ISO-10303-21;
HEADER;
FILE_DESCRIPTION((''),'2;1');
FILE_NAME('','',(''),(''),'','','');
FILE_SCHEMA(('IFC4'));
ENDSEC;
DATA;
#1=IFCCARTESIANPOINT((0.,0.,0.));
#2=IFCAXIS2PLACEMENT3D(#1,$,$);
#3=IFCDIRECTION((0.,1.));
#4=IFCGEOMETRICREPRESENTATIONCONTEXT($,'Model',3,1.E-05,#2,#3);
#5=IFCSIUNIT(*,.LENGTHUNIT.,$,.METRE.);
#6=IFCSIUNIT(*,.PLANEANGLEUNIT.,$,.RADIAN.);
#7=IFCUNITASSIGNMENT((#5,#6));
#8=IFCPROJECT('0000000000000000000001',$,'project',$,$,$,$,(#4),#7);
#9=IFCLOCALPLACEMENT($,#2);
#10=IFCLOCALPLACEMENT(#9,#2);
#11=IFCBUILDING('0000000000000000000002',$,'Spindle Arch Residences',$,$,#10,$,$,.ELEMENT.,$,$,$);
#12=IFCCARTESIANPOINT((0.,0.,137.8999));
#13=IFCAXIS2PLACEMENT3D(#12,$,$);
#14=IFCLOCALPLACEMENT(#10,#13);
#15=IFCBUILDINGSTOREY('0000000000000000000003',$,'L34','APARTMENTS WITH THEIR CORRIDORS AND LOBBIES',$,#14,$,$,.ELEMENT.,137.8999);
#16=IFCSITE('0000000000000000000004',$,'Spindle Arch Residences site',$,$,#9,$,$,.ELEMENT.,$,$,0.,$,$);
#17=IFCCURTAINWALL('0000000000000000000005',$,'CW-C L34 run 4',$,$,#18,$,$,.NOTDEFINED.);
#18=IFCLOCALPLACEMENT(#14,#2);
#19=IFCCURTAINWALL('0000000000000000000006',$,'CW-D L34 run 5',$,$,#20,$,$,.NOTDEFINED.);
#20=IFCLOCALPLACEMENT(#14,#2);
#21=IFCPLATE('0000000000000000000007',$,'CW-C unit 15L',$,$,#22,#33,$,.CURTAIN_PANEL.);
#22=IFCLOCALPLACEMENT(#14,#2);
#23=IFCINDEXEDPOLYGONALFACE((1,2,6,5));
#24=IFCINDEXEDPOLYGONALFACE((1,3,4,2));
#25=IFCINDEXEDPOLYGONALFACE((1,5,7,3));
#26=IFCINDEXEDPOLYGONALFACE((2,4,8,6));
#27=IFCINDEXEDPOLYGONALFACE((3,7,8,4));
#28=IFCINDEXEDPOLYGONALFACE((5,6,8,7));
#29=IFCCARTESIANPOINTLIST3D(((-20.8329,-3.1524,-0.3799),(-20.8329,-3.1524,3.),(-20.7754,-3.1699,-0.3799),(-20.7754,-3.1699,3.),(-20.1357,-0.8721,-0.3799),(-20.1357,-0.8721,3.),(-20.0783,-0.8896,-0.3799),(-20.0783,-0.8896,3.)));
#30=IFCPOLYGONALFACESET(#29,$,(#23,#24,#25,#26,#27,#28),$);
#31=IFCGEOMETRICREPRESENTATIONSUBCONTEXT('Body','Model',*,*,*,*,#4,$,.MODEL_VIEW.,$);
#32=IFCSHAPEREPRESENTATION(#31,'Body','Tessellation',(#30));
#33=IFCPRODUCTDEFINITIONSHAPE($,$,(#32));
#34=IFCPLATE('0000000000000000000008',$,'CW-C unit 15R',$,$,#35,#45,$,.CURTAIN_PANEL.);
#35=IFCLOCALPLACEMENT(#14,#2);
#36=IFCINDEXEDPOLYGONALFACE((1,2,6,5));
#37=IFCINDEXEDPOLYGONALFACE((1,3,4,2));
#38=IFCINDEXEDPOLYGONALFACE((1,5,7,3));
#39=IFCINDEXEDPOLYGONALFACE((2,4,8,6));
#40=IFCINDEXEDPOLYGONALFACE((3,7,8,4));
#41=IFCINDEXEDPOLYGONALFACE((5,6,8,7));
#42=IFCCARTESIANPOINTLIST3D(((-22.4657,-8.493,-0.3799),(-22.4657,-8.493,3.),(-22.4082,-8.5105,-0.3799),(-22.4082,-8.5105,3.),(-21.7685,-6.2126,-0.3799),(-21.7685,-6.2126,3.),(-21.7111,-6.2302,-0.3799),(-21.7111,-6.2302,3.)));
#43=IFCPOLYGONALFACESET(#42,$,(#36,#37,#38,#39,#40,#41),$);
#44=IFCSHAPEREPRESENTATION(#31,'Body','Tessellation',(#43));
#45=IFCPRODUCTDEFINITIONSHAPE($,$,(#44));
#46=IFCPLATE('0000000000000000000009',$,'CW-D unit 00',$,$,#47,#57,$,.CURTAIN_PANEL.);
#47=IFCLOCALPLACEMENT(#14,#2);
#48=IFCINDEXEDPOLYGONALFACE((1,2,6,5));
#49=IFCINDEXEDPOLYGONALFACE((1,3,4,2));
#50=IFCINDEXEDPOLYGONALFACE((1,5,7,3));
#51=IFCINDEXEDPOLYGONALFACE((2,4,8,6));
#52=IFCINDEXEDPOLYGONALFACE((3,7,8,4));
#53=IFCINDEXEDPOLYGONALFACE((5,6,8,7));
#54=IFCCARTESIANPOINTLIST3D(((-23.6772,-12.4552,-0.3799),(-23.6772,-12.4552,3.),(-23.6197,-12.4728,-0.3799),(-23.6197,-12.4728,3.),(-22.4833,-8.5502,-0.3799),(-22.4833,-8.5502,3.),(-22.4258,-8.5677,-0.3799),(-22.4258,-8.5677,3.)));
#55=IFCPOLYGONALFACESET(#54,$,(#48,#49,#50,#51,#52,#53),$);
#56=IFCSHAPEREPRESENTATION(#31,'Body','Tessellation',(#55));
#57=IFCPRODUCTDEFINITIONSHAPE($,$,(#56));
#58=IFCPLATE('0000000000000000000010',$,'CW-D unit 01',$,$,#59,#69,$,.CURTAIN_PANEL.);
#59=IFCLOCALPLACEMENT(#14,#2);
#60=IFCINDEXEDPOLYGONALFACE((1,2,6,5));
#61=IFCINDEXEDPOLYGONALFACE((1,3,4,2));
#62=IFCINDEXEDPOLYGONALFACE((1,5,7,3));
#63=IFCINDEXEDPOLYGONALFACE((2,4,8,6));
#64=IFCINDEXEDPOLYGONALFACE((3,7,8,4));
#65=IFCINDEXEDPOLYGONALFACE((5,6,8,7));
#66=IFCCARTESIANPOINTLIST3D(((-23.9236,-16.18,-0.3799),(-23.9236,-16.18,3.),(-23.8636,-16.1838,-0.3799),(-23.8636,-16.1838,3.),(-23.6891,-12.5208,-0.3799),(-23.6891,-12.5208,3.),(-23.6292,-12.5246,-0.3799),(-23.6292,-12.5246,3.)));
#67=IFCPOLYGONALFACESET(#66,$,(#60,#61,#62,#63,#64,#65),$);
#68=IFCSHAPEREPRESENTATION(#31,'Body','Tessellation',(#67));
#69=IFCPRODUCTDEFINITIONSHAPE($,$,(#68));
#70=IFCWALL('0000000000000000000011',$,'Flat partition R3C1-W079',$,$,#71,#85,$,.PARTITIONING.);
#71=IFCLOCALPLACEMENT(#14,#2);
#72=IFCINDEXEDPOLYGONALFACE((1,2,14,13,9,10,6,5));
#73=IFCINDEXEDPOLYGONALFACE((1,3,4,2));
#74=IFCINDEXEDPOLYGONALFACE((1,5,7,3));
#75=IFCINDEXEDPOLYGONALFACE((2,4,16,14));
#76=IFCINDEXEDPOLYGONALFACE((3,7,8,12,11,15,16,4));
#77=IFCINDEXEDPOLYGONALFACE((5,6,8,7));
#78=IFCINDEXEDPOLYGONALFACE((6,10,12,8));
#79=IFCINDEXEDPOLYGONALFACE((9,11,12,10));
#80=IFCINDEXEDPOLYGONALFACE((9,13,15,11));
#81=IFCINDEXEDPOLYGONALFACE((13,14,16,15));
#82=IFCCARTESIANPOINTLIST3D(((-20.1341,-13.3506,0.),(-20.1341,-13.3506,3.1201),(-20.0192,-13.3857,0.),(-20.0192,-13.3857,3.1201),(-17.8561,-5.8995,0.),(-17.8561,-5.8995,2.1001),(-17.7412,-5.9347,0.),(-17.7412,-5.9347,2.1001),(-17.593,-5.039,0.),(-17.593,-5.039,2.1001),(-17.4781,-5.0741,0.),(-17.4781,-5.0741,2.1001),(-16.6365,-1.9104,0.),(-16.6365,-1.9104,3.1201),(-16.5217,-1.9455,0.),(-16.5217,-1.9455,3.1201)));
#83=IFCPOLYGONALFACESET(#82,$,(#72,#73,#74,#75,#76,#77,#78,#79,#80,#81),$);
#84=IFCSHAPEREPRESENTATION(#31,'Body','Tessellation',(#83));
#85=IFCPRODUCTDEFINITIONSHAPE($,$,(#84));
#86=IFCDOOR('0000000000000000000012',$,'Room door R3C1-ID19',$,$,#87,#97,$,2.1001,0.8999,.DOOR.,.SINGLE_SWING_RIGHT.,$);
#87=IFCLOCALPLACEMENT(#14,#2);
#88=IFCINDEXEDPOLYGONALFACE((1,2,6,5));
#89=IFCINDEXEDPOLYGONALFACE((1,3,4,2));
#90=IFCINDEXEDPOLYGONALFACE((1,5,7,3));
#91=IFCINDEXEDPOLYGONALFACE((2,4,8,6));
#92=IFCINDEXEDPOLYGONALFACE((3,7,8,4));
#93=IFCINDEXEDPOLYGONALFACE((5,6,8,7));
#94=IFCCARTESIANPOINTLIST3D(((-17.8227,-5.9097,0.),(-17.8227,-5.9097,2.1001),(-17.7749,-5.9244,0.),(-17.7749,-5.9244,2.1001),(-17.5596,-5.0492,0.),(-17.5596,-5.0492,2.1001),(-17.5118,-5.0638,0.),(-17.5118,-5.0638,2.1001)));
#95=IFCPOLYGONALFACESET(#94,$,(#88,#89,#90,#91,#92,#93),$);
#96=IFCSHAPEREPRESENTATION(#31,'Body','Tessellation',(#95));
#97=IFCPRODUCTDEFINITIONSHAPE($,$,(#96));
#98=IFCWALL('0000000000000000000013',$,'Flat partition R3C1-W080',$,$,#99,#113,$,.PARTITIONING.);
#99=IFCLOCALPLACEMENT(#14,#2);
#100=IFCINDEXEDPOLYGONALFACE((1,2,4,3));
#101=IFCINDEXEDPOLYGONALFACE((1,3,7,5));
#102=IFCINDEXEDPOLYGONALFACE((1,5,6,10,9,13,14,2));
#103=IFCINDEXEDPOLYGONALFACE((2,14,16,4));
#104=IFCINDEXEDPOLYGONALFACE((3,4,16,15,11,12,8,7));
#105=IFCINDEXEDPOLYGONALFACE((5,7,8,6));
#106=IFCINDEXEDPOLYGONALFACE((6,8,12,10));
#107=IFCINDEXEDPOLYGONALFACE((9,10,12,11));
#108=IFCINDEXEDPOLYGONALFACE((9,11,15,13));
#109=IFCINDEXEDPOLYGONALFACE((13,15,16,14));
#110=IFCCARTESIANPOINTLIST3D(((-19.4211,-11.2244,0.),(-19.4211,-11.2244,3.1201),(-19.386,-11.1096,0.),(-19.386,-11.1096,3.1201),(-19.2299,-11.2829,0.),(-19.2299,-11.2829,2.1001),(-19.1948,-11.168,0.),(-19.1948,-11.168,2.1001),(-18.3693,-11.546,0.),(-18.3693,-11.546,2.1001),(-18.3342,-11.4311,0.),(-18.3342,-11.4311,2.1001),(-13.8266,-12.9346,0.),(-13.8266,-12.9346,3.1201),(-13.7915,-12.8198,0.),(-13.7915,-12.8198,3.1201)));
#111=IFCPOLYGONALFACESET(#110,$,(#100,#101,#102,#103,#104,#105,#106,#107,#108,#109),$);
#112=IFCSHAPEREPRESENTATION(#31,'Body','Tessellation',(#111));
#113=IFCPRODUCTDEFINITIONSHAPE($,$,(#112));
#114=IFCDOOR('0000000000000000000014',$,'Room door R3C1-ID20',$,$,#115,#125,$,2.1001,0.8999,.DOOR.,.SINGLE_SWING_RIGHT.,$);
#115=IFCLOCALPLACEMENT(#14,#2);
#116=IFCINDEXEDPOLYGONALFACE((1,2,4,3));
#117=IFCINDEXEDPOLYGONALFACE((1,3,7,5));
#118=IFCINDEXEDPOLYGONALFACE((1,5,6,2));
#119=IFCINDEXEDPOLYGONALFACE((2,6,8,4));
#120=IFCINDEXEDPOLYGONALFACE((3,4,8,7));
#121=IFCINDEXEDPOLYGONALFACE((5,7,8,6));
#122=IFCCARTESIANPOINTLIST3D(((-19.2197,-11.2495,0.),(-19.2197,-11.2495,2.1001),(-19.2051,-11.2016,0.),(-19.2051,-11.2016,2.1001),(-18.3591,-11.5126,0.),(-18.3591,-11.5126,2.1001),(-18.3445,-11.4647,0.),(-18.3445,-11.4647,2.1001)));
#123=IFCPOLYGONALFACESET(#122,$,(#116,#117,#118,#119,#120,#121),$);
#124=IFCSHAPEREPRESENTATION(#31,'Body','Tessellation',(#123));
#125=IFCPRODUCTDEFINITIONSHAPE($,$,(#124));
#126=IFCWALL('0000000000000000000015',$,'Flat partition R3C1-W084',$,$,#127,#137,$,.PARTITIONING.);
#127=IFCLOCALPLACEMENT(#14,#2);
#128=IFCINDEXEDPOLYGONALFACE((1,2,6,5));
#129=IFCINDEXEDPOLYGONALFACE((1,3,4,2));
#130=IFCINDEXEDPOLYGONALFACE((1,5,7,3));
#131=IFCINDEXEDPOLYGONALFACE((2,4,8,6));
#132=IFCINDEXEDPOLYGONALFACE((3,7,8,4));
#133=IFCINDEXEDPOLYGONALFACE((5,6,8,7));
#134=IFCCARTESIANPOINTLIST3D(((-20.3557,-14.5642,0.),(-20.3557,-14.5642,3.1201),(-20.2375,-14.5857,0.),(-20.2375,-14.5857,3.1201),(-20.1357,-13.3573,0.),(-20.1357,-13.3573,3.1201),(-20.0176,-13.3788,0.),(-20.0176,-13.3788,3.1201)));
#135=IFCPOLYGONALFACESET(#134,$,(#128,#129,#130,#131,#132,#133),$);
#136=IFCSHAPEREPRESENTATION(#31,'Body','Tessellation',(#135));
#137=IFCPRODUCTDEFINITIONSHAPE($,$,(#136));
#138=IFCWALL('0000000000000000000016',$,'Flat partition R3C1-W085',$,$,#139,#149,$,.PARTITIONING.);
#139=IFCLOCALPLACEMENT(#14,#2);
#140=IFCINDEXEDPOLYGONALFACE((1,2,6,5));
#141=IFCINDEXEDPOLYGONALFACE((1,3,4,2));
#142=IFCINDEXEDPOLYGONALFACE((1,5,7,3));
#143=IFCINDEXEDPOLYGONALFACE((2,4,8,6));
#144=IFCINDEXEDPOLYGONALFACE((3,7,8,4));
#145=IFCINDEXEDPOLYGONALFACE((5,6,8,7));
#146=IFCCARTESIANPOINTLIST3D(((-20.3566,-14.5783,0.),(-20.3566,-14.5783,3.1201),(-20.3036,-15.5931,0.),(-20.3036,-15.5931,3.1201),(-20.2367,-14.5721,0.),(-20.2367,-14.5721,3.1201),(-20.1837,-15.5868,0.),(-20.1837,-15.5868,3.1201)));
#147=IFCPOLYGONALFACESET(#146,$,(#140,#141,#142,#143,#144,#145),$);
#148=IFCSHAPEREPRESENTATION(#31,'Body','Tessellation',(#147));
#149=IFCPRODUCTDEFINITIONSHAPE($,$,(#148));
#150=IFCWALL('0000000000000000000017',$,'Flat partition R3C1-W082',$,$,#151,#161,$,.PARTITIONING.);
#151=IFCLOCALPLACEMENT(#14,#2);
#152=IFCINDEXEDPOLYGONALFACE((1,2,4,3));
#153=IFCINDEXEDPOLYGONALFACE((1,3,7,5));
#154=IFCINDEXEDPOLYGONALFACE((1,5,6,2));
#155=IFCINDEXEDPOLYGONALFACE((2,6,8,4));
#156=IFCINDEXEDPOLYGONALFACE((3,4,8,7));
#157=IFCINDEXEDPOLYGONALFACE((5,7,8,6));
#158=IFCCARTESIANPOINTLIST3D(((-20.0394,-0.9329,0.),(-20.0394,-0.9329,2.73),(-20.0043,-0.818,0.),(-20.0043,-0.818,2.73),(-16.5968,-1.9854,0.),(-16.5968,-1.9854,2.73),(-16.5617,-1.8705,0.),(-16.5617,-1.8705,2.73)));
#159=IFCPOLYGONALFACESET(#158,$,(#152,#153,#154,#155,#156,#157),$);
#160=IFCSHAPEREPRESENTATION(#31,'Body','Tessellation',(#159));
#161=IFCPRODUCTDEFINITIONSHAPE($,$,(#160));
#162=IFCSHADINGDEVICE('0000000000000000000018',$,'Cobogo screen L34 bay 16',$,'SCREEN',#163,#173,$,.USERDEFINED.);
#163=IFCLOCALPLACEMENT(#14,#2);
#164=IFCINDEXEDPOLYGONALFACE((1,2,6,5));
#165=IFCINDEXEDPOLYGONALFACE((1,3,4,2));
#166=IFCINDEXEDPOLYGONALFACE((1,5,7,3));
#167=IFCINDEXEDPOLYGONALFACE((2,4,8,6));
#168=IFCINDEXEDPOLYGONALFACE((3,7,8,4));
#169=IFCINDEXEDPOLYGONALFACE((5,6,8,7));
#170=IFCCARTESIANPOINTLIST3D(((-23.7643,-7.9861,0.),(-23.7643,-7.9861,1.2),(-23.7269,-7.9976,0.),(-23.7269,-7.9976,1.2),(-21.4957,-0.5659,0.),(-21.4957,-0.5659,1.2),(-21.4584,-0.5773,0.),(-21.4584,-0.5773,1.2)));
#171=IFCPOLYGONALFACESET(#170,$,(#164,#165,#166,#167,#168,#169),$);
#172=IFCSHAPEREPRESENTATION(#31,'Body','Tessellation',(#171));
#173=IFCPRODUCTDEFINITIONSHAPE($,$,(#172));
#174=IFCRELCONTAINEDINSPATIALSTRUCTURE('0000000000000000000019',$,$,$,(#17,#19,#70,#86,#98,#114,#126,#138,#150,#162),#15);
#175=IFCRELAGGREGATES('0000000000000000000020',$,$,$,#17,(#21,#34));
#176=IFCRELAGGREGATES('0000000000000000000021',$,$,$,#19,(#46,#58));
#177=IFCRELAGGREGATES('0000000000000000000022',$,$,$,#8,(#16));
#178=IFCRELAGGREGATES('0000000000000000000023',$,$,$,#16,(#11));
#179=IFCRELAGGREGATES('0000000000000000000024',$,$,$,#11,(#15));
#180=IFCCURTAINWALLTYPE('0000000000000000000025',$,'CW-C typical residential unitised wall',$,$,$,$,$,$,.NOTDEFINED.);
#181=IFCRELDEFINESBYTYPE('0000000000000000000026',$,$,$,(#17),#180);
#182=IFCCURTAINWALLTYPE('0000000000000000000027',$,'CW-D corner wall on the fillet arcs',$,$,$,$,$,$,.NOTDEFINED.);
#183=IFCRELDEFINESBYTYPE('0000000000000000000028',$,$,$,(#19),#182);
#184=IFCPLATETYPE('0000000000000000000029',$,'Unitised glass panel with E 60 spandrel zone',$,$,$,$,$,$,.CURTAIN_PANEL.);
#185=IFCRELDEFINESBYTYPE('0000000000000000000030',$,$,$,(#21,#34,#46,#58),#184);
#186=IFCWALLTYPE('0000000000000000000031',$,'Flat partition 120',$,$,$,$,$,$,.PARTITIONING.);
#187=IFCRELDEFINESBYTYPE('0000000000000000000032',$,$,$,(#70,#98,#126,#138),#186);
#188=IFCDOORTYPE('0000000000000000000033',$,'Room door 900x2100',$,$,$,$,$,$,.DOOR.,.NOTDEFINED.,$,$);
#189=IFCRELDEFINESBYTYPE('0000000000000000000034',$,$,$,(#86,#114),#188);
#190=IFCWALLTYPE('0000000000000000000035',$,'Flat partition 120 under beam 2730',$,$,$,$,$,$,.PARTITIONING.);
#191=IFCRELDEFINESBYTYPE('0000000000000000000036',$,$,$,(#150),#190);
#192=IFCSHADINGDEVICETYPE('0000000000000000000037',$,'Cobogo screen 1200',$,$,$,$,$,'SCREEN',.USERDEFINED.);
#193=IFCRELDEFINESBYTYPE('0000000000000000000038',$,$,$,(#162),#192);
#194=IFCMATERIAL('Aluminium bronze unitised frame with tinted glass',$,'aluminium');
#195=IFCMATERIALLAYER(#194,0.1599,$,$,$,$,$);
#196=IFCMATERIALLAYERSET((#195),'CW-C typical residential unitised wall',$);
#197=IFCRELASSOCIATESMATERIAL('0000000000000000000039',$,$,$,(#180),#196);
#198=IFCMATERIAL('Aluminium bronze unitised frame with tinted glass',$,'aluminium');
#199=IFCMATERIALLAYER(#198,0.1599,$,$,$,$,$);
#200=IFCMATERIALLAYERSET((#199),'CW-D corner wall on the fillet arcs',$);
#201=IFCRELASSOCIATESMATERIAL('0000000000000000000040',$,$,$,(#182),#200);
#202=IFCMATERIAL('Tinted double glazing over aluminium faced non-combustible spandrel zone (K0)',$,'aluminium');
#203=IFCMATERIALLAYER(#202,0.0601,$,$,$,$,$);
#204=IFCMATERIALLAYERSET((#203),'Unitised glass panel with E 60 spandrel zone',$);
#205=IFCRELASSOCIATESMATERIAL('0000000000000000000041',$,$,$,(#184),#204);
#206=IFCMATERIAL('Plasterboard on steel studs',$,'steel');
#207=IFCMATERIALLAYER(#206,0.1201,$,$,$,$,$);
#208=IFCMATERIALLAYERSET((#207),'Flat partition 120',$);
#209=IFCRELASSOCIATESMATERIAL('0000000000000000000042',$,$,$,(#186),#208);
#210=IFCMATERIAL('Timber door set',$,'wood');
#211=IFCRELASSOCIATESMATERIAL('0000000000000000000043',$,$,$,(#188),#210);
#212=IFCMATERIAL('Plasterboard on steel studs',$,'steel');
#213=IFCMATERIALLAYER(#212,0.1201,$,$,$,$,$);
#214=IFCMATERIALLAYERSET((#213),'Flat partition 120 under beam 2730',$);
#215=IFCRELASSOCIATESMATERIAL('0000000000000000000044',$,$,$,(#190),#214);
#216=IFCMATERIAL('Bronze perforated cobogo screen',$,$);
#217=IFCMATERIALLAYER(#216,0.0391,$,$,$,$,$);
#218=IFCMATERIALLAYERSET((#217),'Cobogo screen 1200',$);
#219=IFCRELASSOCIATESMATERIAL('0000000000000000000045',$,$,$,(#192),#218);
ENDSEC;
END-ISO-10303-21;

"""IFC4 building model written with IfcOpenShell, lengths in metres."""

from ifc_helpers import new_model, si_unit, direction, frame, frame_2d, origin, origin_2d, place, context, subcontext, project, spatial, rectangle, extrude, material, layer, layer_set, type_object, element, fill, aggregate, save


model = new_model("IFC4")

# Units and contexts
model_context = context("Model", 3, precision=1e-05, world=origin(), true_north=direction((0.0, 1.0)))
body_context = subcontext(model_context, "Body", "Model", "MODEL_VIEW")
ifc_project = project(units=[si_unit("LENGTHUNIT", "METRE"), si_unit("PLANEANGLEUNIT", "RADIAN")], contexts=[model_context])

# Site, building, storey
site_placement = place(None, origin())
site = spatial("IfcSite", under=ifc_project, at=site_placement, Name="Spindle Arch Residences site", CompositionType="ELEMENT", RefElevation=0.0)
building_placement = place(site_placement, origin())
building = spatial("IfcBuilding", under=site, at=building_placement, Name="Spindle Arch Residences", CompositionType="ELEMENT")
storey_placement = place(building_placement, frame((0.0, 0.0, 137.8999)))
storey = spatial("IfcBuildingStorey", under=building, at=storey_placement, Name="L34", Description="APARTMENTS WITH THEIR CORRIDORS AND LOBBIES", CompositionType="ELEMENT", Elevation=137.8999)

# Curtain wall
ifc_material_1 = material(Name="Aluminium bronze unitised frame with tinted glass", Category="aluminium")
ifc_layer_1 = layer(ifc_material_1, 0.1599)
ifc_layer_set_1 = layer_set([ifc_layer_1], Name="CW-C typical residential unitised wall")
curtain_wall_type_1 = type_object("IfcCurtainWallType", Name="CW-C typical residential unitised wall", PredefinedType="NOTDEFINED", material=ifc_layer_set_1)
curtain_wall_1_placement = place(storey_placement, origin())
curtain_wall_1 = element("IfcCurtainWall", 1, at=curtain_wall_1_placement, inside=storey, type_object=curtain_wall_type_1, Name="CW-C L34 run 4", PredefinedType="NOTDEFINED")

# Curtain wall
ifc_material_2 = material(Name="Aluminium bronze unitised frame with tinted glass", Category="aluminium")
ifc_layer_2 = layer(ifc_material_2, 0.1599)
ifc_layer_set_2 = layer_set([ifc_layer_2], Name="CW-D corner wall on the fillet arcs")
curtain_wall_type_2 = type_object("IfcCurtainWallType", Name="CW-D corner wall on the fillet arcs", PredefinedType="NOTDEFINED", material=ifc_layer_set_2)
curtain_wall_2_placement = place(storey_placement, origin())
curtain_wall_2 = element("IfcCurtainWall", 2, at=curtain_wall_2_placement, inside=storey, type_object=curtain_wall_type_2, Name="CW-D L34 run 5", PredefinedType="NOTDEFINED")

# Plates
ifc_material_3 = material(Name="Tinted double glazing over aluminium faced non-combustible spandrel zone (K0)", Category="aluminium")
ifc_layer_3 = layer(ifc_material_3, 0.0601)
ifc_layer_set_3 = layer_set([ifc_layer_3], Name="Unitised glass panel with E 60 spandrel zone")
plate_type = type_object("IfcPlateType", Name="Unitised glass panel with E 60 spandrel zone", PredefinedType="CURTAIN_PANEL", material=ifc_layer_set_3)
plate_1_placement = place(storey_placement, frame((-20.4556, -2.021, -0.3799), z_axis=(0.0, 0.0, 1.0), x_axis=(-0.292372, -0.956305, 0.0)))
plate_1 = element("IfcPlate", 3, at=plate_1_placement, type_object=plate_type, Name="CW-C unit 15L", PredefinedType="CURTAIN_PANEL", context=body_context, shape_type="SweptSolid", body=[
    extrude(rectangle(XDim=2.3845, YDim=0.0601, at=origin_2d()), origin(), (0.0, 0.0, 1.0), 3.3799),
])
plate_2_placement = place(storey_placement, frame((-22.0884, -7.3616, -0.3799), z_axis=(0.0, 0.0, 1.0), x_axis=(-0.292372, -0.956305, 0.0)))
plate_2 = element("IfcPlate", 4, at=plate_2_placement, type_object=plate_type, Name="CW-C unit 15R", PredefinedType="CURTAIN_PANEL", context=body_context, shape_type="SweptSolid", body=[
    extrude(rectangle(XDim=2.3845, YDim=0.0601, at=origin_2d()), origin(), (0.0, 0.0, 1.0), 3.3799),
])
aggregate(curtain_wall_1, [plate_1, plate_2])
plate_3_placement = place(storey_placement, frame((-23.0515, -10.5115, -0.3799), z_axis=(0.0, 0.0, 1.0), x_axis=(-0.292372, -0.956305, 0.0)))
plate_3 = element("IfcPlate", 5, at=plate_3_placement, type_object=plate_type, Name="CW-D unit 00", PredefinedType="CURTAIN_PANEL", context=body_context, shape_type="SweptSolid", body=[
    extrude(rectangle(XDim=4.0835, YDim=0.0601, at=origin_2d()), origin(), (0.0, 0.0, 1.0), 3.3799),
])
plate_4_placement = place(storey_placement, frame((-23.7764, -14.3523, -0.3799), z_axis=(0.0, 0.0, 1.0), x_axis=(-0.063952, -0.997953, 0.0)))
plate_4 = element("IfcPlate", 6, at=plate_4_placement, type_object=plate_type, Name="CW-D unit 01", PredefinedType="CURTAIN_PANEL", context=body_context, shape_type="SweptSolid", body=[
    extrude(rectangle(XDim=3.6667, YDim=0.0601, at=origin_2d()), origin(), (0.0, 0.0, 1.0), 3.3799),
])
aggregate(curtain_wall_2, [plate_3, plate_4])

# Walls, openings, doors
ifc_material_4 = material(Name="Plasterboard on steel studs", Category="steel")
ifc_layer_4 = layer(ifc_material_4, 0.1201)
ifc_layer_set_4 = layer_set([ifc_layer_4], Name="Flat partition 120")
wall_type_1 = type_object("IfcWallType", Name="Flat partition 120", PredefinedType="PARTITIONING", material=ifc_layer_set_4)
wall_1_placement = place(storey_placement, frame((-16.5791, -1.928, 0.0), z_axis=(0.0, 0.0, 1.0), x_axis=(-0.292367, -0.956306, 0.0)))
wall_1 = element("IfcWall", 7, at=wall_1_placement, inside=storey, type_object=wall_type_1, Name="Flat partition R3C1-W079", PredefinedType="PARTITIONING", context=body_context, shape_type="SweptSolid", body=[
    extrude(rectangle(XDim=11.9629, YDim=0.1201, at=frame_2d((5.9814, 0.0))), origin(), (0.0, 0.0, 1.0), 3.1201),
])
opening_1_placement = place(wall_1_placement, frame((3.2715, 0.0, 0.0)))
opening_1 = element("IfcOpeningElement", 8, at=opening_1_placement, cuts=wall_1, PredefinedType="OPENING", context=body_context, shape_type="SweptSolid", body=[
    extrude(rectangle(XDim=0.8999, YDim=2.1001, at=frame_2d((0.45, 1.05))), frame((0.0, 0.0701, 0.0), z_axis=(0.0, -1.0, 0.0), x_axis=(1.0, 0.0, 0.0)), (0.0, 0.0, 1.0), 0.1401),
])
ifc_material_5 = material(Name="Timber door set", Category="wood")
door_type_1 = type_object("IfcDoorType", Name="Room door 900x2100", OperationType="NOTDEFINED", PredefinedType="DOOR", material=ifc_material_5)
door_1_placement = place(opening_1_placement, origin())
door_1 = element("IfcDoor", 9, at=door_1_placement, inside=storey, type_object=door_type_1, Name="Room door R3C1-ID19", OperationType="SINGLE_SWING_RIGHT", OverallHeight=2.1001, OverallWidth=0.8999, PredefinedType="DOOR", context=body_context, shape_type="SweptSolid", body=[
    extrude(rectangle(XDim=0.8999, YDim=2.1001, at=frame_2d((0.45, 1.05))), frame((0.0, 0.0249, 0.0), z_axis=(0.0, -1.0, 0.0), x_axis=(1.0, 0.0, 0.0)), (0.0, 0.0, 1.0), 0.05),
])
fill(opening_1, door_1)
wall_2_placement = place(storey_placement, frame((-19.4036, -11.167, 0.0), z_axis=(0.0, 0.0, 1.0), x_axis=(0.956314, -0.29234, 0.0)))
wall_2 = element("IfcWall", 10, at=wall_2_placement, inside=storey, type_object=wall_type_1, Name="Flat partition R3C1-W080", PredefinedType="PARTITIONING", context=body_context, shape_type="SweptSolid", body=[
    extrude(rectangle(XDim=5.8501, YDim=0.1201, at=frame_2d((2.925, 0.0))), origin(), (0.0, 0.0, 1.0), 3.1201),
])
opening_2_placement = place(wall_2_placement, frame((0.2, 0.0, 0.0)))
opening_2 = element("IfcOpeningElement", 11, at=opening_2_placement, cuts=wall_2, PredefinedType="OPENING", context=body_context, shape_type="SweptSolid", body=[
    extrude(rectangle(XDim=0.8999, YDim=2.1001, at=frame_2d((0.45, 1.05))), frame((0.0, 0.0701, 0.0), z_axis=(0.0, -1.0, 0.0), x_axis=(1.0, 0.0, 0.0)), (0.0, 0.0, 1.0), 0.1401),
])
door_2_placement = place(opening_2_placement, origin())
door_2 = element("IfcDoor", 12, at=door_2_placement, inside=storey, type_object=door_type_1, Name="Room door R3C1-ID20", OperationType="SINGLE_SWING_RIGHT", OverallHeight=2.1001, OverallWidth=0.8999, PredefinedType="DOOR", context=body_context, shape_type="SweptSolid", body=[
    extrude(rectangle(XDim=0.8999, YDim=2.1001, at=frame_2d((0.45, 1.05))), frame((0.0, 0.0249, 0.0), z_axis=(0.0, -1.0, 0.0), x_axis=(1.0, 0.0, 0.0)), (0.0, 0.0, 1.0), 0.05),
])
fill(opening_2, door_2)

# Walls
wall_3_placement = place(storey_placement, frame((-20.0767, -13.3682, 0.0), z_axis=(0.0, 0.0, 1.0), x_axis=(-0.179288, -0.983797, 0.0)))
element("IfcWall", 13, at=wall_3_placement, inside=storey, type_object=wall_type_1, Name="Flat partition R3C1-W084", PredefinedType="PARTITIONING", context=body_context, shape_type="SweptSolid", body=[
    extrude(rectangle(XDim=1.2268, YDim=0.1201, at=frame_2d((0.6133, 0.0))), origin(), (0.0, 0.0, 1.0), 3.1201),
])
wall_4_placement = place(storey_placement, frame((-20.2966, -14.5752, 0.0), z_axis=(0.0, 0.0, 1.0), x_axis=(0.052143, -0.99864, 0.0)))
element("IfcWall", 14, at=wall_4_placement, inside=storey, type_object=wall_type_1, Name="Flat partition R3C1-W085", PredefinedType="PARTITIONING", context=body_context, shape_type="SweptSolid", body=[
    extrude(rectangle(XDim=1.0161, YDim=0.1201, at=frame_2d((0.5081, 0.0))), origin(), (0.0, 0.0, 1.0), 3.1201),
])
ifc_material_6 = material(Name="Plasterboard on steel studs", Category="steel")
ifc_layer_5 = layer(ifc_material_6, 0.1201)
ifc_layer_set_5 = layer_set([ifc_layer_5], Name="Flat partition 120 under beam 2730")
wall_type_2 = type_object("IfcWallType", Name="Flat partition 120 under beam 2730", PredefinedType="PARTITIONING", material=ifc_layer_set_5)
wall_5_placement = place(storey_placement, frame((-20.0217, -0.8755, 0.0), z_axis=(0.0, 0.0, 1.0), x_axis=(0.956307, -0.292365, 0.0)))
element("IfcWall", 15, at=wall_5_placement, inside=storey, type_object=wall_type_2, Name="Flat partition R3C1-W082", PredefinedType="PARTITIONING", context=body_context, shape_type="SweptSolid", body=[
    extrude(rectangle(XDim=3.5999, YDim=0.1201, at=frame_2d((1.7998, 0.0))), origin(), (0.0, 0.0, 1.0), 2.73),
])

# Shading device
ifc_material_7 = material(Name="Bronze perforated cobogo screen")
ifc_layer_6 = layer(ifc_material_7, 0.0391)
ifc_layer_set_6 = layer_set([ifc_layer_6], Name="Cobogo screen 1200")
shading_device_type = type_object("IfcShadingDeviceType", Name="Cobogo screen 1200", ElementType="SCREEN", PredefinedType="USERDEFINED", material=ifc_layer_set_6)
shading_device_placement = place(storey_placement, frame((-22.6113, -4.2817, 0.0), z_axis=(0.0, 0.0, 1.0), x_axis=(-0.292372, -0.956305, 0.0)))
element("IfcShadingDevice", 16, at=shading_device_placement, inside=storey, type_object=shading_device_type, Name="Cobogo screen L34 bay 16", ObjectType="SCREEN", PredefinedType="USERDEFINED", context=body_context, shape_type="SweptSolid", body=[
    extrude(rectangle(XDim=7.7593, YDim=0.0391, at=origin_2d()), origin(), (0.0, 0.0, 1.0), 1.2),
])

save(model, "model.ifc")
